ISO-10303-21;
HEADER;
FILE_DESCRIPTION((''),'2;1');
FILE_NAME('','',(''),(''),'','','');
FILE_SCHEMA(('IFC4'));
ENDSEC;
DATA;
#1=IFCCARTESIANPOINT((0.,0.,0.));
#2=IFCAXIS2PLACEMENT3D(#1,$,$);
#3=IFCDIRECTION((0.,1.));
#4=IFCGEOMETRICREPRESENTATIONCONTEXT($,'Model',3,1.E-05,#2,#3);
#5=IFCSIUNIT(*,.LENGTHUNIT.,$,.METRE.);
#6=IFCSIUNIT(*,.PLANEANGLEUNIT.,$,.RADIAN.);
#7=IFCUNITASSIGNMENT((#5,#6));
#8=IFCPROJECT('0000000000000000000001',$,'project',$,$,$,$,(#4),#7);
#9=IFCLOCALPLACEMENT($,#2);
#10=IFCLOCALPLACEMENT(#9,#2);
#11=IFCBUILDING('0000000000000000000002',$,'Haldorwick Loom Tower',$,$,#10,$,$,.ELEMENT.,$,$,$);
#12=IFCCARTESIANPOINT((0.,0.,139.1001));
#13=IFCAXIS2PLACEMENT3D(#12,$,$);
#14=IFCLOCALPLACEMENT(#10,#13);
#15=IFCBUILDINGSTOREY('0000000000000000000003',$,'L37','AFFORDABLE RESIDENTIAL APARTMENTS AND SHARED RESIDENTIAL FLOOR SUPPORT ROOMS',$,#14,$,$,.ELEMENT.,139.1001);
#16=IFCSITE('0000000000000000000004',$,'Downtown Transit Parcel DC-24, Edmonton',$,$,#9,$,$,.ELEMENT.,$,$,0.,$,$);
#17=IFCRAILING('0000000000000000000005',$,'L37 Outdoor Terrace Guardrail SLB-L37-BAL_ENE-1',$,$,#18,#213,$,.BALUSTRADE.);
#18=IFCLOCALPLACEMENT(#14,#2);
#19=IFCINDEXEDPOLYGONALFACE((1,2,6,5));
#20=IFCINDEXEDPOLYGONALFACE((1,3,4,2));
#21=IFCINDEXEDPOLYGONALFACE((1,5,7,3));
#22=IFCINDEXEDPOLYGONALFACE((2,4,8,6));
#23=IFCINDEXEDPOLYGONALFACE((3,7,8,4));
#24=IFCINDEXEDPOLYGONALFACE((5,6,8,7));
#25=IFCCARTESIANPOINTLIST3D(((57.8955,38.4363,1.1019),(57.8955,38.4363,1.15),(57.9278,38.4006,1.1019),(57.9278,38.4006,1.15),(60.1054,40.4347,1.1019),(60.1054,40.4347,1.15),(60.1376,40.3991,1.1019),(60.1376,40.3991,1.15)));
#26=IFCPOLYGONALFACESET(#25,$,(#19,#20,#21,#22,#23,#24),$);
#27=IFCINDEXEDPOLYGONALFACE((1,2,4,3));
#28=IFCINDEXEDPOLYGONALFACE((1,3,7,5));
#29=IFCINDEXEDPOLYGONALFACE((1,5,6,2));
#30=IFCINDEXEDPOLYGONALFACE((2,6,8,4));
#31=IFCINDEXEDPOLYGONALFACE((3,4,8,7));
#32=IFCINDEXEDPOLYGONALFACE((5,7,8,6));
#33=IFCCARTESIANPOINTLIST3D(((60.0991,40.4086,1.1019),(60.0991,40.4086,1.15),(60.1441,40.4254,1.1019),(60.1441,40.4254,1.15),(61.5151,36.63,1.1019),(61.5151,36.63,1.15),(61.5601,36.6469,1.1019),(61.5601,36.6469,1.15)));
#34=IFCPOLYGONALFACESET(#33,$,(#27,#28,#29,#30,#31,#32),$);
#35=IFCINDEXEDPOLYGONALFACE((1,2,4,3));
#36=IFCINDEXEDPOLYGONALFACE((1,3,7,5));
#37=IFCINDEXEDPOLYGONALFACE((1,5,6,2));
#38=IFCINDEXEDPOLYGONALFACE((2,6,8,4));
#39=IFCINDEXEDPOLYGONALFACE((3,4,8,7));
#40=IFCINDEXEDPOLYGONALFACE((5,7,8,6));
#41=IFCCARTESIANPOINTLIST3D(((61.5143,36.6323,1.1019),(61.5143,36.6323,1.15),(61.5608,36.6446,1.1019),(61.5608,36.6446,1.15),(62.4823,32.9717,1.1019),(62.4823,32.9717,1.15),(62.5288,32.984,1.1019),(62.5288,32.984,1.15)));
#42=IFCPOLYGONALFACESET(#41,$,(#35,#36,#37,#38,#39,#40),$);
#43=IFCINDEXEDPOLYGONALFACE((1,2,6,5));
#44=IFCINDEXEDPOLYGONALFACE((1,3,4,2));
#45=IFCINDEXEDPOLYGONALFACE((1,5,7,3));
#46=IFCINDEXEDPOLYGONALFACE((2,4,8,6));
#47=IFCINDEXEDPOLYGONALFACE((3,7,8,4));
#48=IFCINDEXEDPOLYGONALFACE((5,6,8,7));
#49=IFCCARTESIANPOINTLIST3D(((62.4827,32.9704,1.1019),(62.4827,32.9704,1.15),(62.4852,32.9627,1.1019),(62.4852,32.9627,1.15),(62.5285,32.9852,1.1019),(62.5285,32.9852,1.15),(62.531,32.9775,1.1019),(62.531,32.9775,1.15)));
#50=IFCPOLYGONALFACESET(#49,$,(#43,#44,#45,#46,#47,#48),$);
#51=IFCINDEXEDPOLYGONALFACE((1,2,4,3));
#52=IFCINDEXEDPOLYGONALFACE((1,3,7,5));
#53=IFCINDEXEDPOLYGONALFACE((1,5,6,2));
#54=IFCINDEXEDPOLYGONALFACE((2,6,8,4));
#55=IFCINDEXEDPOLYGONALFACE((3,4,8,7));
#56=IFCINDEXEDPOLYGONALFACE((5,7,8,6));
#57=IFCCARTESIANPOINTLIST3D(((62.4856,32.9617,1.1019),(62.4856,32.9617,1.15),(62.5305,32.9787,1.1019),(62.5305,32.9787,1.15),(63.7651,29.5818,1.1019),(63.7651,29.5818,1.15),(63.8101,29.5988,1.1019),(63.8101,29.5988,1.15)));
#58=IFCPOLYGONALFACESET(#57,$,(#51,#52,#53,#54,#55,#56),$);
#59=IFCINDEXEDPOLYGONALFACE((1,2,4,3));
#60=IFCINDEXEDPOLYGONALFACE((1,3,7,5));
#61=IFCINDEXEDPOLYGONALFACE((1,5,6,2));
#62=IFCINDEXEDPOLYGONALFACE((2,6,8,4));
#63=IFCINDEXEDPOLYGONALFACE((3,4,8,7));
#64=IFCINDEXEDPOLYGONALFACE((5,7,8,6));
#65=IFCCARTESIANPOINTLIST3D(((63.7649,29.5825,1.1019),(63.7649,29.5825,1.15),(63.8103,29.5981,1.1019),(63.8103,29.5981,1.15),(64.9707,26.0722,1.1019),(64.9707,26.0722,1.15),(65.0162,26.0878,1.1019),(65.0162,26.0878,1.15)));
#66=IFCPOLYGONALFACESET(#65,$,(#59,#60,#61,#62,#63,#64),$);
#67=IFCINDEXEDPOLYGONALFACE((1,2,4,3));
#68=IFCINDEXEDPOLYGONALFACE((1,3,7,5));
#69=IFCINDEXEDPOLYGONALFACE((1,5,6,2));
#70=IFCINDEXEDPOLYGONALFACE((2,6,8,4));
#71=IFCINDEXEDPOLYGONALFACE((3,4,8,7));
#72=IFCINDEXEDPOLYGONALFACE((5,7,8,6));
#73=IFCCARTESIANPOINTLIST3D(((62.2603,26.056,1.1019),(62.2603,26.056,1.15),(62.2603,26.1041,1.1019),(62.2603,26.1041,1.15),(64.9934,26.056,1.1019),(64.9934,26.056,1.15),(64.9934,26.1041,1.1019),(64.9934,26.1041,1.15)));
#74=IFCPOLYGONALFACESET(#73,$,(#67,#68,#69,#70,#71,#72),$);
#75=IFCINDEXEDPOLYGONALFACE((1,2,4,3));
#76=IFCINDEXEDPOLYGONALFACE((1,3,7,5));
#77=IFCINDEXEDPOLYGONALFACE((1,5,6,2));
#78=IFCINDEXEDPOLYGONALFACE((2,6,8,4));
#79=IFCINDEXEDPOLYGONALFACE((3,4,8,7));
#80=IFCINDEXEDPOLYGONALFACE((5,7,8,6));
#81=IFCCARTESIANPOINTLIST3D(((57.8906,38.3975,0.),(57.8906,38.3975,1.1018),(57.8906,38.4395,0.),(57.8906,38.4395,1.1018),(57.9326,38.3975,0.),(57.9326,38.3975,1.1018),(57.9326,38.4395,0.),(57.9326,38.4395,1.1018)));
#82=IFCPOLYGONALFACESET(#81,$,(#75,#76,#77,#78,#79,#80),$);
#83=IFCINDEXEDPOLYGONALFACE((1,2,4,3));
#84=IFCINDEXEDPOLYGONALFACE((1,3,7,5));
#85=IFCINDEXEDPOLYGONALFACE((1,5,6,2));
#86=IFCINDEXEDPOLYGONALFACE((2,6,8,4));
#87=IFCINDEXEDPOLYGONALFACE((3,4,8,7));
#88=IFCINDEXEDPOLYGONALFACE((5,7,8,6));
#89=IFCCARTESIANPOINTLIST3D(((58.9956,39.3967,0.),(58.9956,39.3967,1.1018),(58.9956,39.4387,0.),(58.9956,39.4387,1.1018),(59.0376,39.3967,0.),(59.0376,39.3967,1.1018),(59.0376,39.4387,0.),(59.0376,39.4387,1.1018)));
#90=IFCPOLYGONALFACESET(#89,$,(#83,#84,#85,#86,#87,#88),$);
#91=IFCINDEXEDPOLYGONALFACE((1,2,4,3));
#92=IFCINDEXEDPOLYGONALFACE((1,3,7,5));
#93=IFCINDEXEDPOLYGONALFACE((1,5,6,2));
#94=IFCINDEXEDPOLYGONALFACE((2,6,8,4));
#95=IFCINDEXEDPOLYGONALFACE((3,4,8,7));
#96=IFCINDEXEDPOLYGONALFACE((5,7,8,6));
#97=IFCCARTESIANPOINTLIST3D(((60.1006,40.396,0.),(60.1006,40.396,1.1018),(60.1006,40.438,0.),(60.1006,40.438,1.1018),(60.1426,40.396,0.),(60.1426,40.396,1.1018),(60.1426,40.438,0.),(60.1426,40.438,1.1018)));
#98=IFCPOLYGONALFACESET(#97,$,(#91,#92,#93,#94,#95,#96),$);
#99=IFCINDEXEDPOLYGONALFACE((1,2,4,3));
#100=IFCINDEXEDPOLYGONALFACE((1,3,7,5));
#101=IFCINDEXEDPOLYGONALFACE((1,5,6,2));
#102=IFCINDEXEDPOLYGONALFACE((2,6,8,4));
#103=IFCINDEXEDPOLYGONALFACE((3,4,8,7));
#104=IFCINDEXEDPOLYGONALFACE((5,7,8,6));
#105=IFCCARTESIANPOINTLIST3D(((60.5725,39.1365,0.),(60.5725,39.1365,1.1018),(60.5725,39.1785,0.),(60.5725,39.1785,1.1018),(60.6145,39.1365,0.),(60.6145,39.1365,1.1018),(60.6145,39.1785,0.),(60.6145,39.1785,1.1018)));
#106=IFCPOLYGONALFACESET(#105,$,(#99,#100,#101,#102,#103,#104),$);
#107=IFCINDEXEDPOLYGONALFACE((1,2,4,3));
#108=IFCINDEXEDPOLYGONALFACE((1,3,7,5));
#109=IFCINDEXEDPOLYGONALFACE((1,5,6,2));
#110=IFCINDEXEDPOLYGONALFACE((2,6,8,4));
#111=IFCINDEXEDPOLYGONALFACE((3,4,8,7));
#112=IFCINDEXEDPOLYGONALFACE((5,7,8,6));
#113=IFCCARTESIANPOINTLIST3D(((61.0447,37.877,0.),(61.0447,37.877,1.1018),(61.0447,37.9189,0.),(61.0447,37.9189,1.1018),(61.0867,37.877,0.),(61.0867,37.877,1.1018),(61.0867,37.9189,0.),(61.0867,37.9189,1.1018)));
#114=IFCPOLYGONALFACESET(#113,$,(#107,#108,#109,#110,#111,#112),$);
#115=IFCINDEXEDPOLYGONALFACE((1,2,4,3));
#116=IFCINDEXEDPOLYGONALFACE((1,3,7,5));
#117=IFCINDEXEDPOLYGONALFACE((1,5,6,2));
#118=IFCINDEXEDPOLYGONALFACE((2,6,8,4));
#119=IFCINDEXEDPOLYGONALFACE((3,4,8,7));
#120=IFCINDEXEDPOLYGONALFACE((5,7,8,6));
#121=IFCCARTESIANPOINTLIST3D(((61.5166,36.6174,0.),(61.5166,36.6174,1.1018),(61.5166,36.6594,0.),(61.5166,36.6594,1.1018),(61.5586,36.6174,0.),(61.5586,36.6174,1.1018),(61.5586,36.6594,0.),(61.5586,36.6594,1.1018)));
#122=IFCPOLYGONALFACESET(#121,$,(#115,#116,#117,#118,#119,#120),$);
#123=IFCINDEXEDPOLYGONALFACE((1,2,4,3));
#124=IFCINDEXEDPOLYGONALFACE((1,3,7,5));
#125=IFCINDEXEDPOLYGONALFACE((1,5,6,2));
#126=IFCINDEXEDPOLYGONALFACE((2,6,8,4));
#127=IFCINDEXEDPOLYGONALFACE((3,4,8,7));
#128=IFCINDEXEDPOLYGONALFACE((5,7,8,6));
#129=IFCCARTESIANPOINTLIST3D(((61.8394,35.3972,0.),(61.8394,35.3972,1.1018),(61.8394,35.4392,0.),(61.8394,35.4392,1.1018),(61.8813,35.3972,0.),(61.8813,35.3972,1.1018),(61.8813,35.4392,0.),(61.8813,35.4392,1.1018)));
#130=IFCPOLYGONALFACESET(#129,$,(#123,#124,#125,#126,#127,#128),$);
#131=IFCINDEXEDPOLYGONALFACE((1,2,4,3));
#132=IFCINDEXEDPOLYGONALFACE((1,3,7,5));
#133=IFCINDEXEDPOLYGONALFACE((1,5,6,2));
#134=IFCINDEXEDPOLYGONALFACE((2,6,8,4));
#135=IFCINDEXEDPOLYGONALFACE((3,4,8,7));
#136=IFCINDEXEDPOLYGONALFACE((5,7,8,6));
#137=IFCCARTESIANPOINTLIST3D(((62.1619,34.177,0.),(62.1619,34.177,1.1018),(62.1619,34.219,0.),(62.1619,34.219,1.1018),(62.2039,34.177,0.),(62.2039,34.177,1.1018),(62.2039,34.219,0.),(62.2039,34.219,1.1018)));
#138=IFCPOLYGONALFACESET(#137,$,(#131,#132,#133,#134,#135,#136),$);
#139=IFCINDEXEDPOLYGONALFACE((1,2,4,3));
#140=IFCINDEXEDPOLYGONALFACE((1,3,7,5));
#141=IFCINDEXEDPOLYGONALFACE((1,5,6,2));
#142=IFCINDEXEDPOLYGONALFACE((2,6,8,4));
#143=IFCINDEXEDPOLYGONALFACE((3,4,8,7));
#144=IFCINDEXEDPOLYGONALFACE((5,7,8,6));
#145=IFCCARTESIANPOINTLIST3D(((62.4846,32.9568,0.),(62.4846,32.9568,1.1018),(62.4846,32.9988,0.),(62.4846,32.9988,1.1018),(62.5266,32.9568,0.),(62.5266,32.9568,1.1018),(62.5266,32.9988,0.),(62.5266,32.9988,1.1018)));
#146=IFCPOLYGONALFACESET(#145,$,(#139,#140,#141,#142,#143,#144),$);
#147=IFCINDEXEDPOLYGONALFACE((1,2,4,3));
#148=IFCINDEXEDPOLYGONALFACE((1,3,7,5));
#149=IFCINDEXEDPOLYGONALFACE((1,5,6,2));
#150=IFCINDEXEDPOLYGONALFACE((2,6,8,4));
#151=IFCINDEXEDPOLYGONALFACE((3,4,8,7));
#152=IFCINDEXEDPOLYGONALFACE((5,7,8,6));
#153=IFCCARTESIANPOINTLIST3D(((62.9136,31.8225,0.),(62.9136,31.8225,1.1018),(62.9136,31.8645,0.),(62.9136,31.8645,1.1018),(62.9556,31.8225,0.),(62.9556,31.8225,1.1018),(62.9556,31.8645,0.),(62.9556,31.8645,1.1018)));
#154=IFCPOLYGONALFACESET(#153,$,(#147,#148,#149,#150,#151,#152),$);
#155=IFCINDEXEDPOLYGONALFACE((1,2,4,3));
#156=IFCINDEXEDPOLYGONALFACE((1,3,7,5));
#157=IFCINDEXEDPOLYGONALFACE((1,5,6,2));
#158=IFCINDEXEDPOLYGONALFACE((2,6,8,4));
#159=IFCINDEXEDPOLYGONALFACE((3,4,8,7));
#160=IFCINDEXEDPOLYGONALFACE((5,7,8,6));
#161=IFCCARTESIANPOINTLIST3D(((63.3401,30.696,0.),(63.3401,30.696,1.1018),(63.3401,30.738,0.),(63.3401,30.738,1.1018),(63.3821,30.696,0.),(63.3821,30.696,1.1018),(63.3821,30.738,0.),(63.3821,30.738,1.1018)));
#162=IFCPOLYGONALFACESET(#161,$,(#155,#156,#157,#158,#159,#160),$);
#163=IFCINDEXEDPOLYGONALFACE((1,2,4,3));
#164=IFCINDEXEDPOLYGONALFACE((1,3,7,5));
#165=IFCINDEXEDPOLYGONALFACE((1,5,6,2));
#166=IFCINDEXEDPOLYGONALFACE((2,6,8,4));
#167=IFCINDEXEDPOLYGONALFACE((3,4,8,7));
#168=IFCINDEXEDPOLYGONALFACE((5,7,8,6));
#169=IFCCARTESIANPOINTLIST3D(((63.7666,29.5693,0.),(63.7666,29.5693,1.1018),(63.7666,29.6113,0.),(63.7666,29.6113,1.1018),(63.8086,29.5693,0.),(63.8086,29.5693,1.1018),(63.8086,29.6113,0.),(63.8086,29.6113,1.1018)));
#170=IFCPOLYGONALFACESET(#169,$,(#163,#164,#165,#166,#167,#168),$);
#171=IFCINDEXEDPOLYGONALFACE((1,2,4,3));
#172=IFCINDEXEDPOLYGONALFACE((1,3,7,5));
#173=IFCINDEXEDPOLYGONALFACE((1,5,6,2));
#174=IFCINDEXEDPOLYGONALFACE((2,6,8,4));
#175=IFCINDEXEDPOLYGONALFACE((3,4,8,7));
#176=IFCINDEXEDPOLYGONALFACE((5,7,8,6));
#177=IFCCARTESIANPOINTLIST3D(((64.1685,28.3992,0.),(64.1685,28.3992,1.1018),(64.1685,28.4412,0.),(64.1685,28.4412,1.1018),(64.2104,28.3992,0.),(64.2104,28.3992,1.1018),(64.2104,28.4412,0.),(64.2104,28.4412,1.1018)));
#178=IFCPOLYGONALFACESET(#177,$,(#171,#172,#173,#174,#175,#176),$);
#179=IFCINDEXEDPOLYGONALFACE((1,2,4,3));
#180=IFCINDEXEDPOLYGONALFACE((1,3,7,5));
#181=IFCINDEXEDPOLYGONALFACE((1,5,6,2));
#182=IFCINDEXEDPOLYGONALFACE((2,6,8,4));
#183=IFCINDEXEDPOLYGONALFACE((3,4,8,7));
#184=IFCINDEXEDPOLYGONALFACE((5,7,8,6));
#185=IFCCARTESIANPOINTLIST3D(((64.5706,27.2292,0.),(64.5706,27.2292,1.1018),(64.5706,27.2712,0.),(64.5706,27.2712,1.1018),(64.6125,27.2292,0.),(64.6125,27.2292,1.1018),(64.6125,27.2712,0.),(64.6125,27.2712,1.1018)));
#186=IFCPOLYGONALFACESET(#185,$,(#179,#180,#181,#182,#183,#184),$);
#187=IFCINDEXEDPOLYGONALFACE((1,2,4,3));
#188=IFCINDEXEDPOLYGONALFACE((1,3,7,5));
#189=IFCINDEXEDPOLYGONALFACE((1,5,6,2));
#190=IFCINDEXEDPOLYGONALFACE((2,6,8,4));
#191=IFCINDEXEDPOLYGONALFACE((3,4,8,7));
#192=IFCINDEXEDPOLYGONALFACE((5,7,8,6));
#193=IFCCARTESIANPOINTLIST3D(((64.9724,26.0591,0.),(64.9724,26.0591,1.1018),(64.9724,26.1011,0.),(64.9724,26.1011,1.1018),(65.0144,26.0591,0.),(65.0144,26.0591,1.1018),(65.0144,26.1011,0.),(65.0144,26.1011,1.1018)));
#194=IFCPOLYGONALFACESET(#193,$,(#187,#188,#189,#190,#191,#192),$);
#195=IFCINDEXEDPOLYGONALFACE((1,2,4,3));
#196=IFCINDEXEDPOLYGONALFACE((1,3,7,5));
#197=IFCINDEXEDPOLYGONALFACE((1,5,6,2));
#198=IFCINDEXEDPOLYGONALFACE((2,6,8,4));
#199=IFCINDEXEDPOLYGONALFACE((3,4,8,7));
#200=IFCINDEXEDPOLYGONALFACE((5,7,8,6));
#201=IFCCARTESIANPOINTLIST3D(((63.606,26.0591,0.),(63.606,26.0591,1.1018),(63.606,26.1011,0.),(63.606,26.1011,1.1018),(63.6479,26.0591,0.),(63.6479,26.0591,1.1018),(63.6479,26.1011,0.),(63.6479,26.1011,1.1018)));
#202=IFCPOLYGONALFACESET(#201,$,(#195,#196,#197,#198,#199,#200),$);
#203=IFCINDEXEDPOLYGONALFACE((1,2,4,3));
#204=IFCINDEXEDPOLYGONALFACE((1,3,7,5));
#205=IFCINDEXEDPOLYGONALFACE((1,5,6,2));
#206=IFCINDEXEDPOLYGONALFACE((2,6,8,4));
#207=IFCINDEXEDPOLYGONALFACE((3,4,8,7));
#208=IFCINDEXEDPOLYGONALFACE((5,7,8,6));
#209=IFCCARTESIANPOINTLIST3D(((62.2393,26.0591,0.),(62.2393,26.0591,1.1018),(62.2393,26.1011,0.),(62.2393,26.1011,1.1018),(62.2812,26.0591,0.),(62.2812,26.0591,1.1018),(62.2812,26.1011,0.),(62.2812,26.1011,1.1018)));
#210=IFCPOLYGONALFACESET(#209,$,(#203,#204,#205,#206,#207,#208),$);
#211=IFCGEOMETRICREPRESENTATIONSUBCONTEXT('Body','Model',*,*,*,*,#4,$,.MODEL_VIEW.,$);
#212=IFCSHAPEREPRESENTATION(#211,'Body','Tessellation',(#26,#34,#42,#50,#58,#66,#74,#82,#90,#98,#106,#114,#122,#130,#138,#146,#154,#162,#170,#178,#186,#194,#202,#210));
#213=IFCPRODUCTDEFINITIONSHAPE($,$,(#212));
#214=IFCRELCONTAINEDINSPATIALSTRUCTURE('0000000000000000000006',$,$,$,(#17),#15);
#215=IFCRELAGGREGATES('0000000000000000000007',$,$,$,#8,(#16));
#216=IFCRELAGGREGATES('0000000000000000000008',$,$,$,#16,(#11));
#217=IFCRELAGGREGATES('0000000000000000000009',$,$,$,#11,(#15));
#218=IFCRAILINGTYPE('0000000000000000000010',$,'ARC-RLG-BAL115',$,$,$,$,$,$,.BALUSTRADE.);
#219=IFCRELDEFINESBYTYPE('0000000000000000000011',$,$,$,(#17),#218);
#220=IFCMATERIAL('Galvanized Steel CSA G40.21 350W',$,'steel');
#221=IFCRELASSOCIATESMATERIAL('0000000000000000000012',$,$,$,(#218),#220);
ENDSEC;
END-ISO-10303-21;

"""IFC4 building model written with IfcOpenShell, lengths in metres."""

from ifc_helpers import new_model, si_unit, direction, frame, origin, origin_2d, place, context, subcontext, project, spatial, rectangle, extrude, material, type_object, element, save


model = new_model("IFC4")

# Units and contexts
model_context = context("Model", 3, precision=1e-05, world=origin(), true_north=direction((0.0, 1.0)))
body_context = subcontext(model_context, "Body", "Model", "MODEL_VIEW")
ifc_project = project(units=[si_unit("LENGTHUNIT", "METRE"), si_unit("PLANEANGLEUNIT", "RADIAN")], contexts=[model_context])

# Site, building, storey
site_placement = place(None, origin())
site = spatial("IfcSite", under=ifc_project, at=site_placement, Name="Downtown Transit Parcel DC-24, Edmonton", CompositionType="ELEMENT", RefElevation=0.0)
building_placement = place(site_placement, origin())
building = spatial("IfcBuilding", under=site, at=building_placement, Name="Haldorwick Loom Tower", CompositionType="ELEMENT")
storey_placement = place(building_placement, frame((0.0, 0.0, 139.1001)))
storey = spatial("IfcBuildingStorey", under=building, at=storey_placement, Name="L37", Description="AFFORDABLE RESIDENTIAL APARTMENTS AND SHARED RESIDENTIAL FLOOR SUPPORT ROOMS", CompositionType="ELEMENT", Elevation=139.1001)

# Railing
ifc_material_1 = material(Name="Galvanized Steel CSA G40.21 350W", Category="steel")
railing_type_1 = type_object("IfcRailingType", Name="ARC-RLG-BAL115", PredefinedType="BALUSTRADE", material=ifc_material_1)
railing_1_placement = place(storey_placement, frame((57.9116, 38.4185, 0.0)))
element("IfcRailing", 1, at=railing_1_placement, inside=storey, type_object=railing_type_1, Name="L37 Outdoor Terrace Guardrail SLB-L37-BAL_ENE-1", PredefinedType="BALUSTRADE", context=body_context, shape_type="SweptSolid", body=[
    extrude(rectangle(XDim=0.0481, YDim=0.0481, at=origin_2d()), frame((0.0, 0.0, 1.126), z_axis=(0.741695, 0.670737, 0.0), x_axis=(-0.670737, 0.741695, 0.0)), (0.0, 0.0, 1.0), 2.9795),
    extrude(rectangle(XDim=0.0481, YDim=0.0481, at=origin_2d()), frame((2.21, 1.9985, 1.126), z_axis=(0.350918, -0.936406, 0.0), x_axis=(0.936406, 0.350918, 0.0)), (0.0, 0.0, 1.0), 4.0352),
    extrude(rectangle(XDim=0.0481, YDim=0.0481, at=origin_2d()), frame((3.626, -1.78, 1.126), z_axis=(0.255652, -0.966769, 0.0), x_axis=(0.966769, 0.255652, 0.0)), (0.0, 0.0, 1.0), 3.7864),
    extrude(rectangle(XDim=0.0481, YDim=0.0481, at=origin_2d()), frame((4.594, -5.4407, 1.126), z_axis=(0.307003, -0.951709, 0.0), x_axis=(0.951709, 0.307003, 0.0)), (0.0, 0.0, 1.0), 0.0081),
    extrude(rectangle(XDim=0.0481, YDim=0.0481, at=origin_2d()), frame((4.5964, -5.4482, 1.126), z_axis=(0.354053, -0.935225, 0.0), x_axis=(0.935225, 0.354053, 0.0)), (0.0, 0.0, 1.0), 3.614),
    extrude(rectangle(XDim=0.0481, YDim=0.0481, at=origin_2d()), frame((5.876, -8.8281, 1.126), z_axis=(0.324878, -0.945756, 0.0), x_axis=(0.945756, 0.324878, 0.0)), (0.0, 0.0, 1.0), 3.7117),
    extrude(rectangle(XDim=0.0481, YDim=0.0481, at=origin_2d()), frame((7.0818, -12.3384, 1.126), z_axis=(-1.0, 0.0, 0.0), x_axis=(0.0, -1.0, 0.0)), (0.0, 0.0, 1.0), 2.7332),
    extrude(rectangle(XDim=0.042, YDim=0.042, at=origin_2d()), origin(), (0.0, 0.0, 1.0), 1.1018),
    extrude(rectangle(XDim=0.042, YDim=0.042, at=origin_2d()), frame((1.105, 0.9993, 0.0)), (0.0, 0.0, 1.0), 1.1018),
    extrude(rectangle(XDim=0.042, YDim=0.042, at=origin_2d()), frame((2.21, 1.9985, 0.0)), (0.0, 0.0, 1.0), 1.1018),
    extrude(rectangle(XDim=0.042, YDim=0.042, at=origin_2d()), frame((2.6819, 0.739, 0.0)), (0.0, 0.0, 1.0), 1.1018),
    extrude(rectangle(XDim=0.042, YDim=0.042, at=origin_2d()), frame((3.1541, -0.5205, 0.0)), (0.0, 0.0, 1.0), 1.1018),
    extrude(rectangle(XDim=0.042, YDim=0.042, at=origin_2d()), frame((3.626, -1.78, 0.0)), (0.0, 0.0, 1.0), 1.1018),
    extrude(rectangle(XDim=0.042, YDim=0.042, at=origin_2d()), frame((3.9487, -3.0002, 0.0)), (0.0, 0.0, 1.0), 1.1018),
    extrude(rectangle(XDim=0.042, YDim=0.042, at=origin_2d()), frame((4.2712, -4.2205, 0.0)), (0.0, 0.0, 1.0), 1.1018),
    extrude(rectangle(XDim=0.042, YDim=0.042, at=origin_2d()), frame((4.594, -5.4407, 0.0)), (0.0, 0.0, 1.0), 1.1018),
    extrude(rectangle(XDim=0.042, YDim=0.042, at=origin_2d()), frame((5.0229, -6.575, 0.0)), (0.0, 0.0, 1.0), 1.1018),
    extrude(rectangle(XDim=0.042, YDim=0.042, at=origin_2d()), frame((5.4495, -7.7014, 0.0)), (0.0, 0.0, 1.0), 1.1018),
    extrude(rectangle(XDim=0.042, YDim=0.042, at=origin_2d()), frame((5.876, -8.8281, 0.0)), (0.0, 0.0, 1.0), 1.1018),
    extrude(rectangle(XDim=0.042, YDim=0.042, at=origin_2d()), frame((6.2778, -9.9983, 0.0)), (0.0, 0.0, 1.0), 1.1018),
    extrude(rectangle(XDim=0.042, YDim=0.042, at=origin_2d()), frame((6.6799, -11.1682, 0.0)), (0.0, 0.0, 1.0), 1.1018),
    extrude(rectangle(XDim=0.042, YDim=0.042, at=origin_2d()), frame((7.0818, -12.3384, 0.0)), (0.0, 0.0, 1.0), 1.1018),
    extrude(rectangle(XDim=0.042, YDim=0.042, at=origin_2d()), frame((5.7153, -12.3384, 0.0)), (0.0, 0.0, 1.0), 1.1018),
    extrude(rectangle(XDim=0.042, YDim=0.042, at=origin_2d()), frame((4.3486, -12.3384, 0.0)), (0.0, 0.0, 1.0), 1.1018),
])

save(model, "model.ifc")
